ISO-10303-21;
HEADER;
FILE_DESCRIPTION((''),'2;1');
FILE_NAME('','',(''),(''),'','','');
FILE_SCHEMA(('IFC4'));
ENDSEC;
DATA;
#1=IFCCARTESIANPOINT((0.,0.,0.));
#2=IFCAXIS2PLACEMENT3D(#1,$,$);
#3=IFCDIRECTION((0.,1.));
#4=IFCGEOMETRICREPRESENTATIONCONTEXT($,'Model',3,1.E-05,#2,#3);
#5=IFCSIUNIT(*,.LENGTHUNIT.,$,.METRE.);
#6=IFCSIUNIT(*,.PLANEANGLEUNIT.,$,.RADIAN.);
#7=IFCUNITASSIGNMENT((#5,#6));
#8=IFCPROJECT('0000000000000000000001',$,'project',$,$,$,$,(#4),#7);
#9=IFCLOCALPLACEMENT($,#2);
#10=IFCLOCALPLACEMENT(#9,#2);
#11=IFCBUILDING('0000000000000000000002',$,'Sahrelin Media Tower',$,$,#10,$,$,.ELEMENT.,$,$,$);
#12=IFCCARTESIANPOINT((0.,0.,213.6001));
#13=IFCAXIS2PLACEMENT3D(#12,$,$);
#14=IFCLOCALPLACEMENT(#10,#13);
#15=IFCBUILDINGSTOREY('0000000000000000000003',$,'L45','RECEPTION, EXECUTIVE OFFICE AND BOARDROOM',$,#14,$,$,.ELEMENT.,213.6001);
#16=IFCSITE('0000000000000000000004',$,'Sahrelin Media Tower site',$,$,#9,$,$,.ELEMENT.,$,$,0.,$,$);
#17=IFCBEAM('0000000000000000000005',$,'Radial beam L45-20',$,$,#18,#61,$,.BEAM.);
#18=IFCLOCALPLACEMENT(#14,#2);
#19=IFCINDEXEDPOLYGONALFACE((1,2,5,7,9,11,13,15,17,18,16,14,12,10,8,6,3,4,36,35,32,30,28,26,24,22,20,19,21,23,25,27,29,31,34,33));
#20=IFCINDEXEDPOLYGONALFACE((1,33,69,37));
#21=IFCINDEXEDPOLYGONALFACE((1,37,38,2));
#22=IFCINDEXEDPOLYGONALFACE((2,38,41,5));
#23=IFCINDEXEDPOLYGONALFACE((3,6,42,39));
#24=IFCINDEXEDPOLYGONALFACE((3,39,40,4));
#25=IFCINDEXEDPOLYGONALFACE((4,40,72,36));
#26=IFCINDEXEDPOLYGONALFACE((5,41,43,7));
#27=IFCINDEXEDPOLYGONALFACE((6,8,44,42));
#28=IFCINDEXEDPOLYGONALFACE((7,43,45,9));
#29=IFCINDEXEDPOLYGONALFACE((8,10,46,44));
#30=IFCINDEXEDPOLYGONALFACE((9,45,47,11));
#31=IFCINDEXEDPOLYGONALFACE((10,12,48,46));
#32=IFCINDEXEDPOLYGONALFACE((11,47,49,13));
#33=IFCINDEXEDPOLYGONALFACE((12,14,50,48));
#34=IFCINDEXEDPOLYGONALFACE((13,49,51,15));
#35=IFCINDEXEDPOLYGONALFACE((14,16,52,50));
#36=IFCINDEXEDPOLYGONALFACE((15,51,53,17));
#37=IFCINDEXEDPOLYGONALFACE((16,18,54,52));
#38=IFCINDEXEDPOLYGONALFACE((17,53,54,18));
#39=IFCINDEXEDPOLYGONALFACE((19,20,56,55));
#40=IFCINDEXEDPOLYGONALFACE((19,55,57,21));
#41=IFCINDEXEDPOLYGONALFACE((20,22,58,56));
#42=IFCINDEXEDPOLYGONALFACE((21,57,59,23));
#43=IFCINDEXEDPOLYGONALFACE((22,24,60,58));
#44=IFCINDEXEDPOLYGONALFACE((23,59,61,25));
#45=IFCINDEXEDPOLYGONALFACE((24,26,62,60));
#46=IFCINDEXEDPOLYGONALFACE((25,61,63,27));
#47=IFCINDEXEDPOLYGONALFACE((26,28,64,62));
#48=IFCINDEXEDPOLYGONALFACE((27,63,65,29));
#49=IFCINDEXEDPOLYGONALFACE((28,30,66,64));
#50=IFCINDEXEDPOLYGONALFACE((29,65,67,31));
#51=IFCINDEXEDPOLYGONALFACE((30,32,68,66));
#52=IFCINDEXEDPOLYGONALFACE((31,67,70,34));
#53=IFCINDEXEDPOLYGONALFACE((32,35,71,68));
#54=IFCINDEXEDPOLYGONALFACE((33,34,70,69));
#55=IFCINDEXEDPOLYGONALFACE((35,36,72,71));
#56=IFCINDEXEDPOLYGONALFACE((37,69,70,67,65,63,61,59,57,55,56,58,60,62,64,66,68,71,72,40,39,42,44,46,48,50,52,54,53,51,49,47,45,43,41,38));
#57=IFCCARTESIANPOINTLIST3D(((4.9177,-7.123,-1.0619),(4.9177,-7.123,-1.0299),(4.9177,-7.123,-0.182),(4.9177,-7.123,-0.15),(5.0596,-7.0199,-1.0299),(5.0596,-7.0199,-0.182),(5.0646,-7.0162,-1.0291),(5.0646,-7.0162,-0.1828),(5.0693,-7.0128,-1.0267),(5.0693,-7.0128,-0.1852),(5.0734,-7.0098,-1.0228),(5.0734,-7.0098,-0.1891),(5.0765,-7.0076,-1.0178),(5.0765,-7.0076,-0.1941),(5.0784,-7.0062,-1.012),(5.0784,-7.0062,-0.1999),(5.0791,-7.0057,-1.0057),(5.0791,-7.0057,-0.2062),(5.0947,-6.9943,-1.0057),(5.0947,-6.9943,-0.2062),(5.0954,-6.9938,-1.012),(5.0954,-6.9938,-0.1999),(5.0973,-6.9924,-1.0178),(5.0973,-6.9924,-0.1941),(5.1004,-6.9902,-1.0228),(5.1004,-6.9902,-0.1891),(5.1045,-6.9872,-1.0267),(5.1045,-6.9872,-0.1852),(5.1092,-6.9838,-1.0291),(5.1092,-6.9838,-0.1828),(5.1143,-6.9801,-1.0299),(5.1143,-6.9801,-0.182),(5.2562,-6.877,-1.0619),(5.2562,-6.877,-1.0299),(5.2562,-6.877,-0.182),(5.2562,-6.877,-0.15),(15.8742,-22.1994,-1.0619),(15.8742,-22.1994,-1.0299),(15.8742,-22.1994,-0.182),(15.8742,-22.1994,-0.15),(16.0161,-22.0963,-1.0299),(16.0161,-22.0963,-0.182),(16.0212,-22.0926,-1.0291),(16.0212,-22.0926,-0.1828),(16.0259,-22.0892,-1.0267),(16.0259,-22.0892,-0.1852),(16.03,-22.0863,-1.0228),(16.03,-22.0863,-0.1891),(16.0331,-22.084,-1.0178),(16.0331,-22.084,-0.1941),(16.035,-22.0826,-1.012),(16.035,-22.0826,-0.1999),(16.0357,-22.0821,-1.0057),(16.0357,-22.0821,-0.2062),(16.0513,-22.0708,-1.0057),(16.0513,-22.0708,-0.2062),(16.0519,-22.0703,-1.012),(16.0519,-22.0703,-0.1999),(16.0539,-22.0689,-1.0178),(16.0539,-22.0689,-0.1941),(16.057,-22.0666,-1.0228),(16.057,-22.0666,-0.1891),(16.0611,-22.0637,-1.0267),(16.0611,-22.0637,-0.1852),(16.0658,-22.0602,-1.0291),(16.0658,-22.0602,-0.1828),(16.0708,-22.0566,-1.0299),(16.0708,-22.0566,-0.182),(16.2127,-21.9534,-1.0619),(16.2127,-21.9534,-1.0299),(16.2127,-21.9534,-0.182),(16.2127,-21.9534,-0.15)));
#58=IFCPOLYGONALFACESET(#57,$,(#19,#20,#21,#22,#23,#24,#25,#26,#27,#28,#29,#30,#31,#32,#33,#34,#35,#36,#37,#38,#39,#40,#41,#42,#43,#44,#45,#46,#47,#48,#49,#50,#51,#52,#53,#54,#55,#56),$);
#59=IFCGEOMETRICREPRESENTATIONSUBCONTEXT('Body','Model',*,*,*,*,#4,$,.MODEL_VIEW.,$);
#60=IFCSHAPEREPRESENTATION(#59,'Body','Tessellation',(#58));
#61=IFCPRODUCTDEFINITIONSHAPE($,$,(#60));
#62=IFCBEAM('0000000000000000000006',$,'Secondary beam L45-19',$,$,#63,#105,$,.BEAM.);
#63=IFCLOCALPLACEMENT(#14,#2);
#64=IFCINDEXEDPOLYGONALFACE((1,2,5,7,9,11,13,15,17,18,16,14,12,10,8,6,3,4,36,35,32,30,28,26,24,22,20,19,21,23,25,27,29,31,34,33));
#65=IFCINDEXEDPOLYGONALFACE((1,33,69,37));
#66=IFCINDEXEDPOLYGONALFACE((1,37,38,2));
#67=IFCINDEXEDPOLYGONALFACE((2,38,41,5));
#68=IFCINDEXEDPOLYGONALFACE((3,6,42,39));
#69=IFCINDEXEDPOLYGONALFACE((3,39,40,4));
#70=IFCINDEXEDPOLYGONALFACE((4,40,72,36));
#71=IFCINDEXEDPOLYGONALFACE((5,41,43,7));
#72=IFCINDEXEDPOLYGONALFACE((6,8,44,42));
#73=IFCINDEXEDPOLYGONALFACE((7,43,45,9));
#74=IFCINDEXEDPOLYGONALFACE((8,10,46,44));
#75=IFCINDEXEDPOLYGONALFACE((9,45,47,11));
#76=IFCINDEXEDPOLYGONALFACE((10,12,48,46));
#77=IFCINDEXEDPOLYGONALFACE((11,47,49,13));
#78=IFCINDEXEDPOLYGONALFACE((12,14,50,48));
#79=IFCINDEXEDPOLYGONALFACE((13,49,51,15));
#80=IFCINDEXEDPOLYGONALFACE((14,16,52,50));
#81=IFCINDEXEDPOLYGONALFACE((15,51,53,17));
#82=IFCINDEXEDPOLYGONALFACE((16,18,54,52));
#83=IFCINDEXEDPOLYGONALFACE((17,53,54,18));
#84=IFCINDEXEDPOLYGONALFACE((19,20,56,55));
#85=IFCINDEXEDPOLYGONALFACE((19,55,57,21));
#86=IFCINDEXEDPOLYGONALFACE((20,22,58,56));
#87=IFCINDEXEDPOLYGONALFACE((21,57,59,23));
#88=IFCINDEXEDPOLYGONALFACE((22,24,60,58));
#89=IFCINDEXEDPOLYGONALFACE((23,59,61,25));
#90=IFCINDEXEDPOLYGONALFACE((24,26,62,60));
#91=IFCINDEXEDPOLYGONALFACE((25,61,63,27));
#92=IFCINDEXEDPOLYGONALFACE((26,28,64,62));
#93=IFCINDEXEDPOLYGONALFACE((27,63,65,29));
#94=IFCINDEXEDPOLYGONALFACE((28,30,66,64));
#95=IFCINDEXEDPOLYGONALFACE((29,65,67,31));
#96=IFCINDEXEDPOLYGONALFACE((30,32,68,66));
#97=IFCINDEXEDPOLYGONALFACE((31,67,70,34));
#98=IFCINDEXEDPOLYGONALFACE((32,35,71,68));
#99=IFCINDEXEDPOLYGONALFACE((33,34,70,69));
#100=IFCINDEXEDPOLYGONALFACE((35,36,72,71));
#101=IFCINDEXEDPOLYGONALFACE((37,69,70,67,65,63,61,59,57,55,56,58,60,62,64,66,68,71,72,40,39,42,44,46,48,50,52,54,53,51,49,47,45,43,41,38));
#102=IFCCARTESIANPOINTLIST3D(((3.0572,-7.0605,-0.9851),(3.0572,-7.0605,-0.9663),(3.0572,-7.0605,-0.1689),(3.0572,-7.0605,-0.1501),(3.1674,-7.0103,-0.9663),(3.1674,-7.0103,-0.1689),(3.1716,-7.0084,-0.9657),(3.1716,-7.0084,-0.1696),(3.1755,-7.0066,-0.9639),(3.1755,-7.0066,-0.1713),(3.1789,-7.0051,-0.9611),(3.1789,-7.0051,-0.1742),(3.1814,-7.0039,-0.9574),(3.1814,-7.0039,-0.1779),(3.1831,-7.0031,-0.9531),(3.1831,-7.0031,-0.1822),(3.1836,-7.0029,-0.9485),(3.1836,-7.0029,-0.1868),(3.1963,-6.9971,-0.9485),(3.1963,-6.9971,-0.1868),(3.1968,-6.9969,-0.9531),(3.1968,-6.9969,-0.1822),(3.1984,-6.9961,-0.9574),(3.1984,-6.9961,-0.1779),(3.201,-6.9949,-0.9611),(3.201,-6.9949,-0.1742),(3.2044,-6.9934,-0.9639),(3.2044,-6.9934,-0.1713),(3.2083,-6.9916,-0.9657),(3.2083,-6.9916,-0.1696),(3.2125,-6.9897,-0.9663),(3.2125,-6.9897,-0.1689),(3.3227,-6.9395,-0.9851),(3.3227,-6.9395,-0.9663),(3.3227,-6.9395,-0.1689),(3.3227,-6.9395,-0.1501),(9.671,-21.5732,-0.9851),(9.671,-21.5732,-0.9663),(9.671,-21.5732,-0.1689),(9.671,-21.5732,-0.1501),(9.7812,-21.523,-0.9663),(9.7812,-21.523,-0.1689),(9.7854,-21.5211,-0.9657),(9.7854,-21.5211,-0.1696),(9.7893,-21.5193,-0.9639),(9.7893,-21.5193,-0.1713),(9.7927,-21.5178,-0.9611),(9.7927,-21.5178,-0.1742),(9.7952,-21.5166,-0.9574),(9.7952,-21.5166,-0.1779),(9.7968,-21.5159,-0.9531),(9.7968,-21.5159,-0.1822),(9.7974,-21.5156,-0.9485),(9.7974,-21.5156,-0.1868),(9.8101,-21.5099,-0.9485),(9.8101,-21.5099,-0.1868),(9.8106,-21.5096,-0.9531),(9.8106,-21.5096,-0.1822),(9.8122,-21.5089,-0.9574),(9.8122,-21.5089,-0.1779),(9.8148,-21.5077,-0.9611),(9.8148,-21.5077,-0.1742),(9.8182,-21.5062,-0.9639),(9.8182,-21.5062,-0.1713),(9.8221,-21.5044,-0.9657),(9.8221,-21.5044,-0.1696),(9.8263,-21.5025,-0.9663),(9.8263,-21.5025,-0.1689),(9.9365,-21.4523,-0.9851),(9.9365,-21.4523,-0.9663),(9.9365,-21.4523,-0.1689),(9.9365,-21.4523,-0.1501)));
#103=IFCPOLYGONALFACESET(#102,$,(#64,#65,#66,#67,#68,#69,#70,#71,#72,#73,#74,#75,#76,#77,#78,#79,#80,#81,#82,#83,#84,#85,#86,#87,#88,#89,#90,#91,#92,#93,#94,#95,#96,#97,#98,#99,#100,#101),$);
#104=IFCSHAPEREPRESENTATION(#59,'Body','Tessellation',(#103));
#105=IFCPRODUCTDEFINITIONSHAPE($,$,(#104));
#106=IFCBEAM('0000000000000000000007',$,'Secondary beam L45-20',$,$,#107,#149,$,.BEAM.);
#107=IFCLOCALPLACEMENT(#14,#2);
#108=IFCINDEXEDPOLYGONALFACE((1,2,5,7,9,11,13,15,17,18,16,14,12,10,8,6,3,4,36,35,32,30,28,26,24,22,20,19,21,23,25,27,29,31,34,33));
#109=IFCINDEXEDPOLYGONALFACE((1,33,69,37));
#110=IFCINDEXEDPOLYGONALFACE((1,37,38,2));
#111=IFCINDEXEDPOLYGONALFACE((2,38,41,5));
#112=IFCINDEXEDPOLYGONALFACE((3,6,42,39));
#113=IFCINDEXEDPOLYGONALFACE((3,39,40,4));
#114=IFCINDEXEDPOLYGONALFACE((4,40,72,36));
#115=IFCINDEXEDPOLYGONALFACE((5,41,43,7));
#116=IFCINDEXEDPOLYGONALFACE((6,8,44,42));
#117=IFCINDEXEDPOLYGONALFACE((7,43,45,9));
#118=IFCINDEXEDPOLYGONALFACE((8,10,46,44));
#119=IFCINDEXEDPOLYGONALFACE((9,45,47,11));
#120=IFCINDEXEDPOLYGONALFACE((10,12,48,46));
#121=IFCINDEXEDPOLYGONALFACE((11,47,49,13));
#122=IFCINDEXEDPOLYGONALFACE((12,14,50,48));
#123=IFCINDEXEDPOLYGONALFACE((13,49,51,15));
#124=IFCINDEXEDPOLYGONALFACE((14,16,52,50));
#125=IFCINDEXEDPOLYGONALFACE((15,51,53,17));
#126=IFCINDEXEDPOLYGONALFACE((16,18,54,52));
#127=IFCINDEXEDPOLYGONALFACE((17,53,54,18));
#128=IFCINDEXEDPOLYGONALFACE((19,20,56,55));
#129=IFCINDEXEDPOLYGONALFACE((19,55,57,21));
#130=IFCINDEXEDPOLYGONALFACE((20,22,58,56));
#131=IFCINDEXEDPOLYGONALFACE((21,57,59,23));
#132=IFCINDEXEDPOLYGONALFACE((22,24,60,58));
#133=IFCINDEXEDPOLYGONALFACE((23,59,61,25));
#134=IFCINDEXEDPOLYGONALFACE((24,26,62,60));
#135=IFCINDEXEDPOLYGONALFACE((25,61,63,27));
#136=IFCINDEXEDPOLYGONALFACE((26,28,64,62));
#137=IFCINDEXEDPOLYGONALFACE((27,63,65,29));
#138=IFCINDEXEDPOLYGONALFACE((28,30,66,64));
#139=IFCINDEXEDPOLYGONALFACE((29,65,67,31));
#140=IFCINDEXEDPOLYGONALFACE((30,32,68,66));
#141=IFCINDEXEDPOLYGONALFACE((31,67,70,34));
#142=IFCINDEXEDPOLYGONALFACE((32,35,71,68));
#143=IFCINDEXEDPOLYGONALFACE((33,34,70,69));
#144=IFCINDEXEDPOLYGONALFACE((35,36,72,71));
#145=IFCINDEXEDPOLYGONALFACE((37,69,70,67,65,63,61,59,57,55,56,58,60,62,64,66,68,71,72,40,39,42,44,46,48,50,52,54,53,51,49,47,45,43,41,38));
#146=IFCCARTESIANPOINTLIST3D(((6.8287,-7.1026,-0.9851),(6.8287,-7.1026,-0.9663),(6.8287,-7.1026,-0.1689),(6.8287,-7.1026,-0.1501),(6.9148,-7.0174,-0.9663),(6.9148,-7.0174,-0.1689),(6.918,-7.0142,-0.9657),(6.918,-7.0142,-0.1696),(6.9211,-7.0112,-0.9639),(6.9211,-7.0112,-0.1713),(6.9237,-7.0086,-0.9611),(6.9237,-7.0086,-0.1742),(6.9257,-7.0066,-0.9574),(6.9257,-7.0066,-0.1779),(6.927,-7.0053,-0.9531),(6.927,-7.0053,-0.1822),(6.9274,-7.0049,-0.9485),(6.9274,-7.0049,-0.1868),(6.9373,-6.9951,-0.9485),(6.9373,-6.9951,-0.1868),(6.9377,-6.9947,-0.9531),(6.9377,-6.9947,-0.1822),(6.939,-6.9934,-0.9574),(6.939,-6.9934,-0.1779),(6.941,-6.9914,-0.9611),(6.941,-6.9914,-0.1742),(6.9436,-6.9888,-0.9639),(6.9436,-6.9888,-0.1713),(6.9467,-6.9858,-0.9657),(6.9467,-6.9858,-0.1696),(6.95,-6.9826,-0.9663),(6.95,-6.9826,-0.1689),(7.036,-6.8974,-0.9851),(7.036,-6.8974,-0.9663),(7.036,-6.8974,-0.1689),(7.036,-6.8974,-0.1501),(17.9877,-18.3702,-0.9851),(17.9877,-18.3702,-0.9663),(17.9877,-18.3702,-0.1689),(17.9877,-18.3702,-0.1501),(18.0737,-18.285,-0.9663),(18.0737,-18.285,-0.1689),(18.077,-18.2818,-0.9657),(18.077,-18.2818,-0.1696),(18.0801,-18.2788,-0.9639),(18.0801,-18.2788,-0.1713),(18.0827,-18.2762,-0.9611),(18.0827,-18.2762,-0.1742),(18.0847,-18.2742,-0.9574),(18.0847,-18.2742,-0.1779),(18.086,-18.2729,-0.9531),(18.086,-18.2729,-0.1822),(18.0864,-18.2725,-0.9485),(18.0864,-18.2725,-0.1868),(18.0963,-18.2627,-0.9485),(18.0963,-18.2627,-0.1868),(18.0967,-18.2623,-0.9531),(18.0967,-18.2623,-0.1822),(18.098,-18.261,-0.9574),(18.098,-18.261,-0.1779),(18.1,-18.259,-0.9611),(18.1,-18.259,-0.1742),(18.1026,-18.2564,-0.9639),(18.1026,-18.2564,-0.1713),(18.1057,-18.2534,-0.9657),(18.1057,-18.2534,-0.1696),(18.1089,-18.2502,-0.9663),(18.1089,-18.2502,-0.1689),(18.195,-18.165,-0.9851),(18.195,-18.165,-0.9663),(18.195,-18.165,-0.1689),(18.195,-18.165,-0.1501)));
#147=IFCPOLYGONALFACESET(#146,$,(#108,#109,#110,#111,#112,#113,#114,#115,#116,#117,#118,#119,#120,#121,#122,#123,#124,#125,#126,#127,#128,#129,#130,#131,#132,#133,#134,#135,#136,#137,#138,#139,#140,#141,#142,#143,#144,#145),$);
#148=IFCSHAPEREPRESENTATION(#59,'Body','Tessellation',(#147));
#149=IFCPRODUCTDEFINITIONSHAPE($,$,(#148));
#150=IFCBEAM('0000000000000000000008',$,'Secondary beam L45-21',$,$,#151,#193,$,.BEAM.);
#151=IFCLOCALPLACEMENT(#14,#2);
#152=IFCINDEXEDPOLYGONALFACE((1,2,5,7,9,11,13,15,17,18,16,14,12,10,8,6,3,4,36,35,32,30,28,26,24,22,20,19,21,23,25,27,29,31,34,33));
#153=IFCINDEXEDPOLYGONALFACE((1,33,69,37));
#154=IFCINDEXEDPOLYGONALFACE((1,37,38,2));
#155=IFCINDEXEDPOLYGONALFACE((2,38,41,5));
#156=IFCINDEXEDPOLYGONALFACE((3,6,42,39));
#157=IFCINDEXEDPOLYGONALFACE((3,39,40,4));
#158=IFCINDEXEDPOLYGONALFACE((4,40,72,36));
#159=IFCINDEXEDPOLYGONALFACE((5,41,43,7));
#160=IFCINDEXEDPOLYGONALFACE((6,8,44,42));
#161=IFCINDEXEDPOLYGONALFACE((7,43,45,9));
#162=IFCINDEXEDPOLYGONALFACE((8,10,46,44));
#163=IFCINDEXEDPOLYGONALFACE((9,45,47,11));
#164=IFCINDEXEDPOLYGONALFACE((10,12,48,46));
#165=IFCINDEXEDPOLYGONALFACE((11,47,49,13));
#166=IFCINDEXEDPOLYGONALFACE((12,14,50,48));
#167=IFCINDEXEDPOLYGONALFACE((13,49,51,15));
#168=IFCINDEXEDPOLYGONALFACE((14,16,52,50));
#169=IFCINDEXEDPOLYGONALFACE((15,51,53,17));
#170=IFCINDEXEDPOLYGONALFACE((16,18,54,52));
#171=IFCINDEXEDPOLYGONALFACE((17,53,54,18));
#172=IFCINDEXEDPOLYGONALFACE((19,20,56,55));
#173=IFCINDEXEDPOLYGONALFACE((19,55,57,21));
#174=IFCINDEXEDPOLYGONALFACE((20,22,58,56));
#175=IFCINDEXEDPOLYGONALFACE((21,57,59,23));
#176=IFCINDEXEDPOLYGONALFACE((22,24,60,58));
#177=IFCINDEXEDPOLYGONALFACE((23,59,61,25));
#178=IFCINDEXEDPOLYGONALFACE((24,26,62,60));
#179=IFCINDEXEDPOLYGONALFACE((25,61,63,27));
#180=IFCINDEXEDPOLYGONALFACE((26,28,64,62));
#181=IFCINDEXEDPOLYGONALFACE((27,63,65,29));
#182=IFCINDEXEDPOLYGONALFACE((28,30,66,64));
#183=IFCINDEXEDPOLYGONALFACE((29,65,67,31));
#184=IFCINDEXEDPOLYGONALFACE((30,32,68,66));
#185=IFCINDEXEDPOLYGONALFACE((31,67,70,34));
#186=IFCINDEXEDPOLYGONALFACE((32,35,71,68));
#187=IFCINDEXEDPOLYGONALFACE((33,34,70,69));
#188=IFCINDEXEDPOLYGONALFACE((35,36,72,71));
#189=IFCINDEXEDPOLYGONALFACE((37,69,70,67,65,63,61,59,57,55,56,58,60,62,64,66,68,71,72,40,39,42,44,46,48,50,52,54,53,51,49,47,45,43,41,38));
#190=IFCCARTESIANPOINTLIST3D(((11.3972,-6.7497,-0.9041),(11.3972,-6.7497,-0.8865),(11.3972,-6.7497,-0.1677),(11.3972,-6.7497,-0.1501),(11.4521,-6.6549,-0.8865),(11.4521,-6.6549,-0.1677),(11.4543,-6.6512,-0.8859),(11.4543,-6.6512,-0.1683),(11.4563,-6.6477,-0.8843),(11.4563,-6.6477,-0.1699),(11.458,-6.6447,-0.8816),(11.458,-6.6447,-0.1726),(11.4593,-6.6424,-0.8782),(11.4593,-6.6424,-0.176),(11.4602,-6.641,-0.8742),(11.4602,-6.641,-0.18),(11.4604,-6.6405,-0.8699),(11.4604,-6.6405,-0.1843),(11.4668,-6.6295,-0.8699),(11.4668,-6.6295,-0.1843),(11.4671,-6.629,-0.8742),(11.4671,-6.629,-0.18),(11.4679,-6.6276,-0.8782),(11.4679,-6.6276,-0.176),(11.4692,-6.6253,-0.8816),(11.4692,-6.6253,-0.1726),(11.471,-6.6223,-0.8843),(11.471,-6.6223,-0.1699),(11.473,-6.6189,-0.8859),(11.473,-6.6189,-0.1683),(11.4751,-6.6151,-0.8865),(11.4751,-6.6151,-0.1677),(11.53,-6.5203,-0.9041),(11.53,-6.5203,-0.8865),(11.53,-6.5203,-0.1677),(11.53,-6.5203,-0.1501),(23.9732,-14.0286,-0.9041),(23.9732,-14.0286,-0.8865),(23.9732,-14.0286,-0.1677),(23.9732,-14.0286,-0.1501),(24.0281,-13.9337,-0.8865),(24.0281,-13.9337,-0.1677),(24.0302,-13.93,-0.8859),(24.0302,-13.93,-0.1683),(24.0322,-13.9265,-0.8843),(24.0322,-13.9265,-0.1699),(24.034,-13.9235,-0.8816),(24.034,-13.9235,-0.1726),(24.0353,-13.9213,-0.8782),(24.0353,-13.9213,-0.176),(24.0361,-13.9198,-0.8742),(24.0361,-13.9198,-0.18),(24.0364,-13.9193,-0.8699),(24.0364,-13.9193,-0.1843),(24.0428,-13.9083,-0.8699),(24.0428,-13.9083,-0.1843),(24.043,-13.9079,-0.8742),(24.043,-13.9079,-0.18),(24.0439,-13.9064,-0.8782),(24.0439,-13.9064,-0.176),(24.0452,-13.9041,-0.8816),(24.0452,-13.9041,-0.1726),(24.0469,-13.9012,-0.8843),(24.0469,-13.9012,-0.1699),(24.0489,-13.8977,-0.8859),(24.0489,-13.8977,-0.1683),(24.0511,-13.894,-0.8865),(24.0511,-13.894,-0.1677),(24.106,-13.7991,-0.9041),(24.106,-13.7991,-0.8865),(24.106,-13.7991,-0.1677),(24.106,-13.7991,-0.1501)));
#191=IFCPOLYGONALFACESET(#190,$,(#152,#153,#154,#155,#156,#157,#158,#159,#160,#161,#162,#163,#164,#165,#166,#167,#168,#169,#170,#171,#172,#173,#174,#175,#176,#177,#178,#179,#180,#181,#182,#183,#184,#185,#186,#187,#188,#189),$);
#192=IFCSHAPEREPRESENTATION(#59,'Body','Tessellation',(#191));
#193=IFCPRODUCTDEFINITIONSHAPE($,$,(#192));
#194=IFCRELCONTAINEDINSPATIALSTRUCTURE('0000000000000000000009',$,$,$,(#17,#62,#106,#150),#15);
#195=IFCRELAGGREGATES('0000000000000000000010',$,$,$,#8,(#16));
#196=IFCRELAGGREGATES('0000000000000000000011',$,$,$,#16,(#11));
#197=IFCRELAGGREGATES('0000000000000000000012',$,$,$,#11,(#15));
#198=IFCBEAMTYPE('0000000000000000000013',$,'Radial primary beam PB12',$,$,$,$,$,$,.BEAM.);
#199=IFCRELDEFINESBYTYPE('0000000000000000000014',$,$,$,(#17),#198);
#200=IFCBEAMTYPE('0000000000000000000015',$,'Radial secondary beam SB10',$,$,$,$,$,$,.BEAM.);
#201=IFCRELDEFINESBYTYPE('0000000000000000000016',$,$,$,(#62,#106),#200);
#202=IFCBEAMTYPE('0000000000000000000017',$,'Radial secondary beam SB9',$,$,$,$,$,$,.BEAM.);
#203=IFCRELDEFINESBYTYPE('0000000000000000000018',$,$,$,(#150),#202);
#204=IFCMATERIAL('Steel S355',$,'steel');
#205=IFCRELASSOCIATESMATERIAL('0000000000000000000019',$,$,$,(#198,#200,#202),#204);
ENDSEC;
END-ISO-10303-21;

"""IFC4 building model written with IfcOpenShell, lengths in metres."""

from ifc_helpers import new_model, si_unit, direction, frame, origin, origin_2d, place, context, subcontext, project, spatial, i_section, extrude, material, material_profile, profile_set, type_object, element, save


model = new_model("IFC4")

# Units and contexts
model_context = context("Model", 3, precision=1e-05, world=origin(), true_north=direction((0.0, 1.0)))
body_context = subcontext(model_context, "Body", "Model", "MODEL_VIEW")
ifc_project = project(units=[si_unit("LENGTHUNIT", "METRE"), si_unit("PLANEANGLEUNIT", "RADIAN")], contexts=[model_context])

# Site, building, storey
site_placement = place(None, origin())
site = spatial("IfcSite", under=ifc_project, at=site_placement, Name="Sahrelin Media Tower site", CompositionType="ELEMENT", RefElevation=0.0)
building_placement = place(site_placement, origin())
building = spatial("IfcBuilding", under=site, at=building_placement, Name="Sahrelin Media Tower", CompositionType="ELEMENT")
storey_placement = place(building_placement, frame((0.0, 0.0, 213.6001)))
storey = spatial("IfcBuildingStorey", under=building, at=storey_placement, Name="L45", Description="RECEPTION, EXECUTIVE OFFICE AND BOARDROOM", CompositionType="ELEMENT", Elevation=213.6001)

# Shared definitions
ifc_material_1 = material(Name="Steel S355", Category="steel")

# Beams
ifc_material_profile_1 = material_profile(ifc_material_1, i_section(OverallWidth=0.4185, OverallDepth=0.9119, WebThickness=0.0193, FlangeThickness=0.032, FilletRadius=0.0242, at=origin_2d()), Name="UB 914x419x343")
ifc_profile_set_1 = profile_set([ifc_material_profile_1], Name="Steel S355")
beam_type_1 = type_object("IfcBeamType", Name="Radial primary beam PB12", PredefinedType="BEAM", material=ifc_profile_set_1)
beam_1_placement = place(storey_placement, frame((5.0869, -7.0, -0.606), z_axis=(0.587887, -0.808943, 0.0), x_axis=(0.808943, 0.587887, 0.0)))
element("IfcBeam", 1, at=beam_1_placement, inside=storey, type_object=beam_type_1, Name="Radial beam L45-20", PredefinedType="BEAM", context=body_context, shape_type="SweptSolid", body=[
    extrude(i_section(OverallWidth=0.4185, OverallDepth=0.9119, WebThickness=0.0193, FlangeThickness=0.032, FilletRadius=0.0242, at=origin_2d()), origin(), (0.0, 0.0, 1.0), 18.6372),
])
ifc_material_profile_2 = material_profile(ifc_material_1, i_section(OverallWidth=0.2917, OverallDepth=0.835, WebThickness=0.0139, FlangeThickness=0.0188, FilletRadius=0.0178, at=origin_2d()), Name="UB 838x292x176")
ifc_profile_set_2 = profile_set([ifc_material_profile_2], Name="Steel S355")
beam_type_2 = type_object("IfcBeamType", Name="Radial secondary beam SB10", PredefinedType="BEAM", material=ifc_profile_set_2)
beam_2_placement = place(storey_placement, frame((3.1899, -7.0, -0.5676), z_axis=(0.414691, -0.909962, 0.0), x_axis=(0.909962, 0.414691, 0.0)))
element("IfcBeam", 2, at=beam_2_placement, inside=storey, type_object=beam_type_2, Name="Secondary beam L45-19", PredefinedType="BEAM", context=body_context, shape_type="SweptSolid", body=[
    extrude(i_section(OverallWidth=0.2917, OverallDepth=0.835, WebThickness=0.0139, FlangeThickness=0.0188, FilletRadius=0.0178, at=origin_2d()), origin(), (0.0, 0.0, 1.0), 15.9487),
])
beam_3_placement = place(storey_placement, frame((6.9324, -7.0, -0.5676), z_axis=(0.703673, -0.710524, 0.0), x_axis=(0.710524, 0.703673, 0.0)))
element("IfcBeam", 3, at=beam_3_placement, inside=storey, type_object=beam_type_2, Name="Secondary beam L45-20", PredefinedType="BEAM", context=body_context, shape_type="SweptSolid", body=[
    extrude(i_section(OverallWidth=0.2917, OverallDepth=0.835, WebThickness=0.0139, FlangeThickness=0.0188, FilletRadius=0.0178, at=origin_2d()), origin(), (0.0, 0.0, 1.0), 15.8582),
])
ifc_material_profile_3 = material_profile(ifc_material_1, i_section(OverallWidth=0.2651, OverallDepth=0.7539, WebThickness=0.0127, FlangeThickness=0.0176, FilletRadius=0.0166, at=origin_2d()), Name="UB 762x267x147")
ifc_profile_set_3 = profile_set([ifc_material_profile_3], Name="Steel S355")
beam_type_3 = type_object("IfcBeamType", Name="Radial secondary beam SB9", PredefinedType="BEAM", material=ifc_profile_set_3)
beam_4_placement = place(storey_placement, frame((11.4636, -6.635, -0.5271), z_axis=(0.865486, -0.500934, 0.0), x_axis=(0.500934, 0.865486, 0.0)))
element("IfcBeam", 4, at=beam_4_placement, inside=storey, type_object=beam_type_3, Name="Secondary beam L45-21", PredefinedType="BEAM", context=body_context, shape_type="SweptSolid", body=[
    extrude(i_section(OverallWidth=0.2651, OverallDepth=0.7539, WebThickness=0.0127, FlangeThickness=0.0176, FilletRadius=0.0166, at=origin_2d()), origin(), (0.0, 0.0, 1.0), 14.5305),
])

save(model, "model.ifc")
